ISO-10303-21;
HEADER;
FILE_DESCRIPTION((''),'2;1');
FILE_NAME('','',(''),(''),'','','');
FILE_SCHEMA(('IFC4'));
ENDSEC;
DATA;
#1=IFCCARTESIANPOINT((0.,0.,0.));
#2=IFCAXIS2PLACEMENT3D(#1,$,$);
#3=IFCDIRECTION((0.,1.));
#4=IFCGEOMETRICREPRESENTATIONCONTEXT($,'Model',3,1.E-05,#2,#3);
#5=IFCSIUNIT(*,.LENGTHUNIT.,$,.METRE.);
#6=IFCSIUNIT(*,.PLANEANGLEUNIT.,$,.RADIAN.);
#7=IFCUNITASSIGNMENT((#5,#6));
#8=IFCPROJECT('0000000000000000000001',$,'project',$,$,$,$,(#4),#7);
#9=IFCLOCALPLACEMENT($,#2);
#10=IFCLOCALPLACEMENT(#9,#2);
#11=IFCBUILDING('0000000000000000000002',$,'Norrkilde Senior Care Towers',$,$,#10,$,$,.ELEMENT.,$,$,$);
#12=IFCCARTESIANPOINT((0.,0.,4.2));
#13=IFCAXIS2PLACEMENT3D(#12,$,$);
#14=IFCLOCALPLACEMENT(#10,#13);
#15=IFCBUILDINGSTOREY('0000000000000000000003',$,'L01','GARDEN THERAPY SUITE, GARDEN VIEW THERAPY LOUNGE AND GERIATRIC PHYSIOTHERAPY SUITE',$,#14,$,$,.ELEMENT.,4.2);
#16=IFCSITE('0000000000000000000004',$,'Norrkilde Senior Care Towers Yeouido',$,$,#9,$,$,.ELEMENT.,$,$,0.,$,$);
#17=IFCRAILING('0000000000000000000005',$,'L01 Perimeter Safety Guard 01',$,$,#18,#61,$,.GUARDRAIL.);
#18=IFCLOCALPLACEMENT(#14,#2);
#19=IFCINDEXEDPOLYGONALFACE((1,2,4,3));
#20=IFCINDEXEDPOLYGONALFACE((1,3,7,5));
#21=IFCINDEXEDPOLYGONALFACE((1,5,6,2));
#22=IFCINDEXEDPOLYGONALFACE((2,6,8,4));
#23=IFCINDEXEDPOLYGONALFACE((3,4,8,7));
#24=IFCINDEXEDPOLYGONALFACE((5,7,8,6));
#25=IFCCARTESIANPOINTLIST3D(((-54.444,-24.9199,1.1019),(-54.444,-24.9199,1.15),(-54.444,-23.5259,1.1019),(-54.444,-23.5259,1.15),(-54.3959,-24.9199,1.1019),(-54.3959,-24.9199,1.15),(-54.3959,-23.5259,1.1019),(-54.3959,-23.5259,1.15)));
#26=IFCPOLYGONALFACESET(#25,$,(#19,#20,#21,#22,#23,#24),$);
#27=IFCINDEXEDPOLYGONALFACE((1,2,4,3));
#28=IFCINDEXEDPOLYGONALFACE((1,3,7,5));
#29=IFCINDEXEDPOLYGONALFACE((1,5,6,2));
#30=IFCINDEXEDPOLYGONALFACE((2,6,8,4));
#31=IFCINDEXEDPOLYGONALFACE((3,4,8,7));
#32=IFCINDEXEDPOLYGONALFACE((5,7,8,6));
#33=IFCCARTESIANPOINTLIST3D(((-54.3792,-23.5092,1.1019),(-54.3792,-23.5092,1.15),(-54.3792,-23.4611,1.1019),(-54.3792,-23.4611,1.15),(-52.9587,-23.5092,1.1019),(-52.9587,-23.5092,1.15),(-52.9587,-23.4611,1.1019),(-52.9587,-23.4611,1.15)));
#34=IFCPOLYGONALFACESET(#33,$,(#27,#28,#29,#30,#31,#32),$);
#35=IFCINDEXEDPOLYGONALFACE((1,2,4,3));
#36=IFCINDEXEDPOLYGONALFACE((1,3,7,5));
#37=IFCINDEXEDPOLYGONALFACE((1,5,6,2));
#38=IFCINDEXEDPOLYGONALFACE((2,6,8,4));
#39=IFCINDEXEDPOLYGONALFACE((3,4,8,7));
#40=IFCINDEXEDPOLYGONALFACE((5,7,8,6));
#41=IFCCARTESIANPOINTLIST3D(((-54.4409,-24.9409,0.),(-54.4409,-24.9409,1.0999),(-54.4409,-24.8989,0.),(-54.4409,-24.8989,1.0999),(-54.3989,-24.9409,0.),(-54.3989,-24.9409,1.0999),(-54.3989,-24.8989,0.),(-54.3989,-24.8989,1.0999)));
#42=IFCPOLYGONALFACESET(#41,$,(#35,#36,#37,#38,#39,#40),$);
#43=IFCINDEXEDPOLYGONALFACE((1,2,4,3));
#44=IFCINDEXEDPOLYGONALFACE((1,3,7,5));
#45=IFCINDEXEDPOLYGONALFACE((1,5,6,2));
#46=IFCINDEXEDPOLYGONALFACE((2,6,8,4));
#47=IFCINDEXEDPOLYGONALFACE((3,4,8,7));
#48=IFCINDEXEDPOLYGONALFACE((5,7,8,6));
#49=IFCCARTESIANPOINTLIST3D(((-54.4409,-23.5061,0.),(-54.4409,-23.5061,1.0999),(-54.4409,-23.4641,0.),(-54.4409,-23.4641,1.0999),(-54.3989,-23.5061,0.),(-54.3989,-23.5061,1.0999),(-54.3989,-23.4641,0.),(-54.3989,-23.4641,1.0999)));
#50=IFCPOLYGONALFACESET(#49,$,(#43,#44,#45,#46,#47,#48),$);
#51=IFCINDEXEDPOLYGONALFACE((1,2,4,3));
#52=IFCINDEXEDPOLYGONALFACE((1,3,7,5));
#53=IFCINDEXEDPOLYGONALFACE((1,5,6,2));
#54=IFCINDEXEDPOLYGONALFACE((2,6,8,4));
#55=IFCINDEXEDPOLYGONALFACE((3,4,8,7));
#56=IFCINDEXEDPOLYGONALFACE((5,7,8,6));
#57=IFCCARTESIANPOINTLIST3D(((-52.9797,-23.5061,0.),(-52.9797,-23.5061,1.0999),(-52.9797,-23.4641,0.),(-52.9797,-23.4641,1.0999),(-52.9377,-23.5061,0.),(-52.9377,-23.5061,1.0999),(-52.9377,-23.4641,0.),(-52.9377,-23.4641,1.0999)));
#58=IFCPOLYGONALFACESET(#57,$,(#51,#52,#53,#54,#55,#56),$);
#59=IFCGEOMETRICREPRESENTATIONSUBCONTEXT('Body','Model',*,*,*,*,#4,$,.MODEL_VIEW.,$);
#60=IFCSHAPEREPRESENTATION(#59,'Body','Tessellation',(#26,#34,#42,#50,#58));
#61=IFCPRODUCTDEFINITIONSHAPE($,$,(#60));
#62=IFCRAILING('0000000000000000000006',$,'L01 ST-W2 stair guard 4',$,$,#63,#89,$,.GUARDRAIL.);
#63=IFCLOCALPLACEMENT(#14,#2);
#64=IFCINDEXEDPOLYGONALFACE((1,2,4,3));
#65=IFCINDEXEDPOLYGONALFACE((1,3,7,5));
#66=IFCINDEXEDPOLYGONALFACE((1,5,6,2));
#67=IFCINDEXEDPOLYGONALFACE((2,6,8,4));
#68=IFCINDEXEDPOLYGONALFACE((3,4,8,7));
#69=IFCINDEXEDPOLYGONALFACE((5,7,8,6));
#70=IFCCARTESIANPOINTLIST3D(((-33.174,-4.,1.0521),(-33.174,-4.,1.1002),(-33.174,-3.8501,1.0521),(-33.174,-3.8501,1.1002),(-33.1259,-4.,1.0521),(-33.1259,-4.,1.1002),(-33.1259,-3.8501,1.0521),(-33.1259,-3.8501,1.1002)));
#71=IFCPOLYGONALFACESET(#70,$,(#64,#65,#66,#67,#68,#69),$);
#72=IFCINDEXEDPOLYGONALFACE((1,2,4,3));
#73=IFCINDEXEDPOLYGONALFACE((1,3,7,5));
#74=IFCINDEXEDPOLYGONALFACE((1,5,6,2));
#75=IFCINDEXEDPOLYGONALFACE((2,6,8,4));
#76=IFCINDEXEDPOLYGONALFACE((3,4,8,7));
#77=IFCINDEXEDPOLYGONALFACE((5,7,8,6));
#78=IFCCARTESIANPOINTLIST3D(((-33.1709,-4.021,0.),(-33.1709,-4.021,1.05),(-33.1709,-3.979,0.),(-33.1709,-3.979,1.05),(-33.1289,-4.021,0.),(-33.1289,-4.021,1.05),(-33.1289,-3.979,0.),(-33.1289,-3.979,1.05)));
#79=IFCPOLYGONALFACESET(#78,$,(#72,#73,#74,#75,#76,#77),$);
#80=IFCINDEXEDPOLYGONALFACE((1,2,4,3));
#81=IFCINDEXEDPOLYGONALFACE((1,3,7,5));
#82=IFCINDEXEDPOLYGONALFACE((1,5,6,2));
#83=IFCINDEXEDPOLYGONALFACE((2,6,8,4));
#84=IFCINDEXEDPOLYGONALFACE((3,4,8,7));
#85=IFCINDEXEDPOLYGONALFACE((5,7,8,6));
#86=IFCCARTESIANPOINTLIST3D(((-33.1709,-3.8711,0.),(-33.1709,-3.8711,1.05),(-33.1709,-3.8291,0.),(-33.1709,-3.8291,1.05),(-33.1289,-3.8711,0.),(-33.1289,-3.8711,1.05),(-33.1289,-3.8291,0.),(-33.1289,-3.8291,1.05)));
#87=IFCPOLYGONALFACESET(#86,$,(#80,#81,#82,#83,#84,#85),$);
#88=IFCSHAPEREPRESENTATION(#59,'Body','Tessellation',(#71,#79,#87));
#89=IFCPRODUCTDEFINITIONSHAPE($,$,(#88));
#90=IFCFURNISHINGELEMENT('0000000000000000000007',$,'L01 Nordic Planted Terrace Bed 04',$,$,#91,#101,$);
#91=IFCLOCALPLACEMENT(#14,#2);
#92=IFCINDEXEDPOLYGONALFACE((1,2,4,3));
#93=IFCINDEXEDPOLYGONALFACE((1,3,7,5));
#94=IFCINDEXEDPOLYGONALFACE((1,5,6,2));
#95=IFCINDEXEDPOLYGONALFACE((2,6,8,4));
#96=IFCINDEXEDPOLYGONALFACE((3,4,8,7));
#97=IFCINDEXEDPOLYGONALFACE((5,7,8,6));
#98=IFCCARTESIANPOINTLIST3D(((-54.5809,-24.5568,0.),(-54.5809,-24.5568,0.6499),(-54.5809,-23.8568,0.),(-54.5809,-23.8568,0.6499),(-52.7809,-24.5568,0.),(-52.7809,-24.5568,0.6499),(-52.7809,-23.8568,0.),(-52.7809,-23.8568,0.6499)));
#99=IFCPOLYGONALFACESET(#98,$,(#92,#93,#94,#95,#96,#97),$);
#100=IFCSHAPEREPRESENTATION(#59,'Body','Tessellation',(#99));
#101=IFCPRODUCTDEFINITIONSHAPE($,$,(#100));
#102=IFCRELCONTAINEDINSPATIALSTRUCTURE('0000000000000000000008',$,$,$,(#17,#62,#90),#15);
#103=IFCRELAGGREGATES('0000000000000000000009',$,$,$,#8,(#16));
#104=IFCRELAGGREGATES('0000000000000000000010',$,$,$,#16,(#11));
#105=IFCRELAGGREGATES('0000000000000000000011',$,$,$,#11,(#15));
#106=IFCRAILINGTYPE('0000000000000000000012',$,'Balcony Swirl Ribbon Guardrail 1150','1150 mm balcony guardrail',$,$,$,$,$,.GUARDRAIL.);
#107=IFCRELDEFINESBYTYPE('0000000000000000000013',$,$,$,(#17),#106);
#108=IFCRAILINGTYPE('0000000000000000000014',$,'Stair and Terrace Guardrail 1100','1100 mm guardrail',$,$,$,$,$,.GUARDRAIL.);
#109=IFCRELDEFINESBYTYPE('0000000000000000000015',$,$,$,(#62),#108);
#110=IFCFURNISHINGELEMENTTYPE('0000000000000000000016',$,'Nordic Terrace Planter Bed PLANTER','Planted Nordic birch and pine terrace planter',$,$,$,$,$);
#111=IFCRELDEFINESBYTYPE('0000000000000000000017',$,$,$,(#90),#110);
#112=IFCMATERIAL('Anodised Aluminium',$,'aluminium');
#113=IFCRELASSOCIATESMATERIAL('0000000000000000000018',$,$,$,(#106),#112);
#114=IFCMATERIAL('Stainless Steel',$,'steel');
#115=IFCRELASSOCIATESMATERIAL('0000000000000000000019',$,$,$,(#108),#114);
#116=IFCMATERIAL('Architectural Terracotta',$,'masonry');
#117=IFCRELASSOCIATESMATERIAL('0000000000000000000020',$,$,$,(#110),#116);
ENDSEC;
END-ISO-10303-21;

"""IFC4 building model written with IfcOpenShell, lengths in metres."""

from ifc_helpers import new_model, si_unit, direction, frame, origin, origin_2d, place, context, subcontext, project, spatial, rectangle, extrude, source, transform, mapped, material, type_object, type_shapes, element, save


model = new_model("IFC4")

# Units and contexts
model_context = context("Model", 3, precision=1e-05, world=origin(), true_north=direction((0.0, 1.0)))
body_context = subcontext(model_context, "Body", "Model", "MODEL_VIEW")
ifc_project = project(units=[si_unit("LENGTHUNIT", "METRE"), si_unit("PLANEANGLEUNIT", "RADIAN")], contexts=[model_context])

# Site, building, storey
site_placement = place(None, origin())
site = spatial("IfcSite", under=ifc_project, at=site_placement, Name="Norrkilde Senior Care Towers Yeouido", CompositionType="ELEMENT", RefElevation=0.0)
building_placement = place(site_placement, origin())
building = spatial("IfcBuilding", under=site, at=building_placement, Name="Norrkilde Senior Care Towers", CompositionType="ELEMENT")
storey_placement = place(building_placement, frame((0.0, 0.0, 4.2)))
storey = spatial("IfcBuildingStorey", under=building, at=storey_placement, Name="L01", Description="GARDEN THERAPY SUITE, GARDEN VIEW THERAPY LOUNGE AND GERIATRIC PHYSIOTHERAPY SUITE", CompositionType="ELEMENT", Elevation=4.2)

# Railings
ifc_material_1 = material(Name="Anodised Aluminium", Category="aluminium")
railing_type_1 = type_object("IfcRailingType", Name="Balcony Swirl Ribbon Guardrail 1150", Description="1150 mm balcony guardrail", PredefinedType="GUARDRAIL", material=ifc_material_1)
railing_1_placement = place(storey_placement, frame((-54.4199, -24.9199, 0.0)))
element("IfcRailing", 1, at=railing_1_placement, inside=storey, type_object=railing_type_1, Name="L01 Perimeter Safety Guard 01", PredefinedType="GUARDRAIL", context=body_context, shape_type="SweptSolid", body=[
    extrude(rectangle(XDim=0.0481, YDim=0.0481, at=origin_2d()), frame((0.0, 0.0, 1.126), z_axis=(0.0, 1.0, 0.0), x_axis=(-1.0, 0.0, 0.0)), (0.0, 0.0, 1.0), 1.394),
    extrude(rectangle(XDim=0.0481, YDim=0.0481, at=origin_2d()), frame((0.0408, 1.4348, 1.126), z_axis=(1.0, 0.0, 0.0), x_axis=(0.0, 1.0, 0.0)), (0.0, 0.0, 1.0), 1.4204),
    extrude(rectangle(XDim=0.042, YDim=0.042, at=origin_2d()), origin(), (0.0, 0.0, 1.0), 1.0999),
    extrude(rectangle(XDim=0.042, YDim=0.042, at=origin_2d()), frame((0.0, 1.4348, 0.0)), (0.0, 0.0, 1.0), 1.0999),
    extrude(rectangle(XDim=0.042, YDim=0.042, at=origin_2d()), frame((1.4612, 1.4348, 0.0)), (0.0, 0.0, 1.0), 1.0999),
])
ifc_material_2 = material(Name="Stainless Steel", Category="steel")
railing_type_2 = type_object("IfcRailingType", Name="Stair and Terrace Guardrail 1100", Description="1100 mm guardrail", PredefinedType="GUARDRAIL", material=ifc_material_2)
railing_2_placement = place(storey_placement, frame((-33.1499, -4.0, 0.0)))
element("IfcRailing", 2, at=railing_2_placement, inside=storey, type_object=railing_type_2, Name="L01 ST-W2 stair guard 4", PredefinedType="GUARDRAIL", context=body_context, shape_type="SweptSolid", body=[
    extrude(rectangle(XDim=0.0481, YDim=0.0481, at=origin_2d()), frame((0.0, 0.0, 1.0762), z_axis=(0.0, 1.0, 0.0), x_axis=(-1.0, 0.0, 0.0)), (0.0, 0.0, 1.0), 0.1499),
    extrude(rectangle(XDim=0.042, YDim=0.042, at=origin_2d()), origin(), (0.0, 0.0, 1.0), 1.05),
    extrude(rectangle(XDim=0.042, YDim=0.042, at=origin_2d()), frame((0.0, 0.1499, 0.0)), (0.0, 0.0, 1.0), 1.05),
])

# Furnishing element
ifc_material_3 = material(Name="Architectural Terracotta", Category="masonry")
furnishing_element_type = type_object("IfcFurnishingElementType", Name="Nordic Terrace Planter Bed PLANTER", Description="Planted Nordic birch and pine terrace planter", material=ifc_material_3)
shared_shape_1 = source(origin(), body_context, "Body", "SweptSolid", [
    extrude(rectangle(XDim=1.8, YDim=0.7, at=origin_2d()), origin(), (0.0, 0.0, 1.0), 0.6499),
])
type_shapes(furnishing_element_type, [shared_shape_1])
furnishing_placement = place(storey_placement, frame((-53.6809, -24.2068, 0.0), z_axis=(0.0, 0.0, 1.0), x_axis=(1.0, 0.0, 0.0)))
element("IfcFurnishingElement", 3, at=furnishing_placement, inside=storey, type_object=furnishing_element_type, Name="L01 Nordic Planted Terrace Bed 04", context=body_context, shape_type="MappedRepresentation", body=[
    mapped(shared_shape_1, transform((0.0, 0.0, 0.0), x_axis=(1.0, 0.0, 0.0), y_axis=(0.0, 1.0, 0.0), z_axis=(0.0, 0.0, 1.0), scale=1.0)),
])

save(model, "model.ifc")
